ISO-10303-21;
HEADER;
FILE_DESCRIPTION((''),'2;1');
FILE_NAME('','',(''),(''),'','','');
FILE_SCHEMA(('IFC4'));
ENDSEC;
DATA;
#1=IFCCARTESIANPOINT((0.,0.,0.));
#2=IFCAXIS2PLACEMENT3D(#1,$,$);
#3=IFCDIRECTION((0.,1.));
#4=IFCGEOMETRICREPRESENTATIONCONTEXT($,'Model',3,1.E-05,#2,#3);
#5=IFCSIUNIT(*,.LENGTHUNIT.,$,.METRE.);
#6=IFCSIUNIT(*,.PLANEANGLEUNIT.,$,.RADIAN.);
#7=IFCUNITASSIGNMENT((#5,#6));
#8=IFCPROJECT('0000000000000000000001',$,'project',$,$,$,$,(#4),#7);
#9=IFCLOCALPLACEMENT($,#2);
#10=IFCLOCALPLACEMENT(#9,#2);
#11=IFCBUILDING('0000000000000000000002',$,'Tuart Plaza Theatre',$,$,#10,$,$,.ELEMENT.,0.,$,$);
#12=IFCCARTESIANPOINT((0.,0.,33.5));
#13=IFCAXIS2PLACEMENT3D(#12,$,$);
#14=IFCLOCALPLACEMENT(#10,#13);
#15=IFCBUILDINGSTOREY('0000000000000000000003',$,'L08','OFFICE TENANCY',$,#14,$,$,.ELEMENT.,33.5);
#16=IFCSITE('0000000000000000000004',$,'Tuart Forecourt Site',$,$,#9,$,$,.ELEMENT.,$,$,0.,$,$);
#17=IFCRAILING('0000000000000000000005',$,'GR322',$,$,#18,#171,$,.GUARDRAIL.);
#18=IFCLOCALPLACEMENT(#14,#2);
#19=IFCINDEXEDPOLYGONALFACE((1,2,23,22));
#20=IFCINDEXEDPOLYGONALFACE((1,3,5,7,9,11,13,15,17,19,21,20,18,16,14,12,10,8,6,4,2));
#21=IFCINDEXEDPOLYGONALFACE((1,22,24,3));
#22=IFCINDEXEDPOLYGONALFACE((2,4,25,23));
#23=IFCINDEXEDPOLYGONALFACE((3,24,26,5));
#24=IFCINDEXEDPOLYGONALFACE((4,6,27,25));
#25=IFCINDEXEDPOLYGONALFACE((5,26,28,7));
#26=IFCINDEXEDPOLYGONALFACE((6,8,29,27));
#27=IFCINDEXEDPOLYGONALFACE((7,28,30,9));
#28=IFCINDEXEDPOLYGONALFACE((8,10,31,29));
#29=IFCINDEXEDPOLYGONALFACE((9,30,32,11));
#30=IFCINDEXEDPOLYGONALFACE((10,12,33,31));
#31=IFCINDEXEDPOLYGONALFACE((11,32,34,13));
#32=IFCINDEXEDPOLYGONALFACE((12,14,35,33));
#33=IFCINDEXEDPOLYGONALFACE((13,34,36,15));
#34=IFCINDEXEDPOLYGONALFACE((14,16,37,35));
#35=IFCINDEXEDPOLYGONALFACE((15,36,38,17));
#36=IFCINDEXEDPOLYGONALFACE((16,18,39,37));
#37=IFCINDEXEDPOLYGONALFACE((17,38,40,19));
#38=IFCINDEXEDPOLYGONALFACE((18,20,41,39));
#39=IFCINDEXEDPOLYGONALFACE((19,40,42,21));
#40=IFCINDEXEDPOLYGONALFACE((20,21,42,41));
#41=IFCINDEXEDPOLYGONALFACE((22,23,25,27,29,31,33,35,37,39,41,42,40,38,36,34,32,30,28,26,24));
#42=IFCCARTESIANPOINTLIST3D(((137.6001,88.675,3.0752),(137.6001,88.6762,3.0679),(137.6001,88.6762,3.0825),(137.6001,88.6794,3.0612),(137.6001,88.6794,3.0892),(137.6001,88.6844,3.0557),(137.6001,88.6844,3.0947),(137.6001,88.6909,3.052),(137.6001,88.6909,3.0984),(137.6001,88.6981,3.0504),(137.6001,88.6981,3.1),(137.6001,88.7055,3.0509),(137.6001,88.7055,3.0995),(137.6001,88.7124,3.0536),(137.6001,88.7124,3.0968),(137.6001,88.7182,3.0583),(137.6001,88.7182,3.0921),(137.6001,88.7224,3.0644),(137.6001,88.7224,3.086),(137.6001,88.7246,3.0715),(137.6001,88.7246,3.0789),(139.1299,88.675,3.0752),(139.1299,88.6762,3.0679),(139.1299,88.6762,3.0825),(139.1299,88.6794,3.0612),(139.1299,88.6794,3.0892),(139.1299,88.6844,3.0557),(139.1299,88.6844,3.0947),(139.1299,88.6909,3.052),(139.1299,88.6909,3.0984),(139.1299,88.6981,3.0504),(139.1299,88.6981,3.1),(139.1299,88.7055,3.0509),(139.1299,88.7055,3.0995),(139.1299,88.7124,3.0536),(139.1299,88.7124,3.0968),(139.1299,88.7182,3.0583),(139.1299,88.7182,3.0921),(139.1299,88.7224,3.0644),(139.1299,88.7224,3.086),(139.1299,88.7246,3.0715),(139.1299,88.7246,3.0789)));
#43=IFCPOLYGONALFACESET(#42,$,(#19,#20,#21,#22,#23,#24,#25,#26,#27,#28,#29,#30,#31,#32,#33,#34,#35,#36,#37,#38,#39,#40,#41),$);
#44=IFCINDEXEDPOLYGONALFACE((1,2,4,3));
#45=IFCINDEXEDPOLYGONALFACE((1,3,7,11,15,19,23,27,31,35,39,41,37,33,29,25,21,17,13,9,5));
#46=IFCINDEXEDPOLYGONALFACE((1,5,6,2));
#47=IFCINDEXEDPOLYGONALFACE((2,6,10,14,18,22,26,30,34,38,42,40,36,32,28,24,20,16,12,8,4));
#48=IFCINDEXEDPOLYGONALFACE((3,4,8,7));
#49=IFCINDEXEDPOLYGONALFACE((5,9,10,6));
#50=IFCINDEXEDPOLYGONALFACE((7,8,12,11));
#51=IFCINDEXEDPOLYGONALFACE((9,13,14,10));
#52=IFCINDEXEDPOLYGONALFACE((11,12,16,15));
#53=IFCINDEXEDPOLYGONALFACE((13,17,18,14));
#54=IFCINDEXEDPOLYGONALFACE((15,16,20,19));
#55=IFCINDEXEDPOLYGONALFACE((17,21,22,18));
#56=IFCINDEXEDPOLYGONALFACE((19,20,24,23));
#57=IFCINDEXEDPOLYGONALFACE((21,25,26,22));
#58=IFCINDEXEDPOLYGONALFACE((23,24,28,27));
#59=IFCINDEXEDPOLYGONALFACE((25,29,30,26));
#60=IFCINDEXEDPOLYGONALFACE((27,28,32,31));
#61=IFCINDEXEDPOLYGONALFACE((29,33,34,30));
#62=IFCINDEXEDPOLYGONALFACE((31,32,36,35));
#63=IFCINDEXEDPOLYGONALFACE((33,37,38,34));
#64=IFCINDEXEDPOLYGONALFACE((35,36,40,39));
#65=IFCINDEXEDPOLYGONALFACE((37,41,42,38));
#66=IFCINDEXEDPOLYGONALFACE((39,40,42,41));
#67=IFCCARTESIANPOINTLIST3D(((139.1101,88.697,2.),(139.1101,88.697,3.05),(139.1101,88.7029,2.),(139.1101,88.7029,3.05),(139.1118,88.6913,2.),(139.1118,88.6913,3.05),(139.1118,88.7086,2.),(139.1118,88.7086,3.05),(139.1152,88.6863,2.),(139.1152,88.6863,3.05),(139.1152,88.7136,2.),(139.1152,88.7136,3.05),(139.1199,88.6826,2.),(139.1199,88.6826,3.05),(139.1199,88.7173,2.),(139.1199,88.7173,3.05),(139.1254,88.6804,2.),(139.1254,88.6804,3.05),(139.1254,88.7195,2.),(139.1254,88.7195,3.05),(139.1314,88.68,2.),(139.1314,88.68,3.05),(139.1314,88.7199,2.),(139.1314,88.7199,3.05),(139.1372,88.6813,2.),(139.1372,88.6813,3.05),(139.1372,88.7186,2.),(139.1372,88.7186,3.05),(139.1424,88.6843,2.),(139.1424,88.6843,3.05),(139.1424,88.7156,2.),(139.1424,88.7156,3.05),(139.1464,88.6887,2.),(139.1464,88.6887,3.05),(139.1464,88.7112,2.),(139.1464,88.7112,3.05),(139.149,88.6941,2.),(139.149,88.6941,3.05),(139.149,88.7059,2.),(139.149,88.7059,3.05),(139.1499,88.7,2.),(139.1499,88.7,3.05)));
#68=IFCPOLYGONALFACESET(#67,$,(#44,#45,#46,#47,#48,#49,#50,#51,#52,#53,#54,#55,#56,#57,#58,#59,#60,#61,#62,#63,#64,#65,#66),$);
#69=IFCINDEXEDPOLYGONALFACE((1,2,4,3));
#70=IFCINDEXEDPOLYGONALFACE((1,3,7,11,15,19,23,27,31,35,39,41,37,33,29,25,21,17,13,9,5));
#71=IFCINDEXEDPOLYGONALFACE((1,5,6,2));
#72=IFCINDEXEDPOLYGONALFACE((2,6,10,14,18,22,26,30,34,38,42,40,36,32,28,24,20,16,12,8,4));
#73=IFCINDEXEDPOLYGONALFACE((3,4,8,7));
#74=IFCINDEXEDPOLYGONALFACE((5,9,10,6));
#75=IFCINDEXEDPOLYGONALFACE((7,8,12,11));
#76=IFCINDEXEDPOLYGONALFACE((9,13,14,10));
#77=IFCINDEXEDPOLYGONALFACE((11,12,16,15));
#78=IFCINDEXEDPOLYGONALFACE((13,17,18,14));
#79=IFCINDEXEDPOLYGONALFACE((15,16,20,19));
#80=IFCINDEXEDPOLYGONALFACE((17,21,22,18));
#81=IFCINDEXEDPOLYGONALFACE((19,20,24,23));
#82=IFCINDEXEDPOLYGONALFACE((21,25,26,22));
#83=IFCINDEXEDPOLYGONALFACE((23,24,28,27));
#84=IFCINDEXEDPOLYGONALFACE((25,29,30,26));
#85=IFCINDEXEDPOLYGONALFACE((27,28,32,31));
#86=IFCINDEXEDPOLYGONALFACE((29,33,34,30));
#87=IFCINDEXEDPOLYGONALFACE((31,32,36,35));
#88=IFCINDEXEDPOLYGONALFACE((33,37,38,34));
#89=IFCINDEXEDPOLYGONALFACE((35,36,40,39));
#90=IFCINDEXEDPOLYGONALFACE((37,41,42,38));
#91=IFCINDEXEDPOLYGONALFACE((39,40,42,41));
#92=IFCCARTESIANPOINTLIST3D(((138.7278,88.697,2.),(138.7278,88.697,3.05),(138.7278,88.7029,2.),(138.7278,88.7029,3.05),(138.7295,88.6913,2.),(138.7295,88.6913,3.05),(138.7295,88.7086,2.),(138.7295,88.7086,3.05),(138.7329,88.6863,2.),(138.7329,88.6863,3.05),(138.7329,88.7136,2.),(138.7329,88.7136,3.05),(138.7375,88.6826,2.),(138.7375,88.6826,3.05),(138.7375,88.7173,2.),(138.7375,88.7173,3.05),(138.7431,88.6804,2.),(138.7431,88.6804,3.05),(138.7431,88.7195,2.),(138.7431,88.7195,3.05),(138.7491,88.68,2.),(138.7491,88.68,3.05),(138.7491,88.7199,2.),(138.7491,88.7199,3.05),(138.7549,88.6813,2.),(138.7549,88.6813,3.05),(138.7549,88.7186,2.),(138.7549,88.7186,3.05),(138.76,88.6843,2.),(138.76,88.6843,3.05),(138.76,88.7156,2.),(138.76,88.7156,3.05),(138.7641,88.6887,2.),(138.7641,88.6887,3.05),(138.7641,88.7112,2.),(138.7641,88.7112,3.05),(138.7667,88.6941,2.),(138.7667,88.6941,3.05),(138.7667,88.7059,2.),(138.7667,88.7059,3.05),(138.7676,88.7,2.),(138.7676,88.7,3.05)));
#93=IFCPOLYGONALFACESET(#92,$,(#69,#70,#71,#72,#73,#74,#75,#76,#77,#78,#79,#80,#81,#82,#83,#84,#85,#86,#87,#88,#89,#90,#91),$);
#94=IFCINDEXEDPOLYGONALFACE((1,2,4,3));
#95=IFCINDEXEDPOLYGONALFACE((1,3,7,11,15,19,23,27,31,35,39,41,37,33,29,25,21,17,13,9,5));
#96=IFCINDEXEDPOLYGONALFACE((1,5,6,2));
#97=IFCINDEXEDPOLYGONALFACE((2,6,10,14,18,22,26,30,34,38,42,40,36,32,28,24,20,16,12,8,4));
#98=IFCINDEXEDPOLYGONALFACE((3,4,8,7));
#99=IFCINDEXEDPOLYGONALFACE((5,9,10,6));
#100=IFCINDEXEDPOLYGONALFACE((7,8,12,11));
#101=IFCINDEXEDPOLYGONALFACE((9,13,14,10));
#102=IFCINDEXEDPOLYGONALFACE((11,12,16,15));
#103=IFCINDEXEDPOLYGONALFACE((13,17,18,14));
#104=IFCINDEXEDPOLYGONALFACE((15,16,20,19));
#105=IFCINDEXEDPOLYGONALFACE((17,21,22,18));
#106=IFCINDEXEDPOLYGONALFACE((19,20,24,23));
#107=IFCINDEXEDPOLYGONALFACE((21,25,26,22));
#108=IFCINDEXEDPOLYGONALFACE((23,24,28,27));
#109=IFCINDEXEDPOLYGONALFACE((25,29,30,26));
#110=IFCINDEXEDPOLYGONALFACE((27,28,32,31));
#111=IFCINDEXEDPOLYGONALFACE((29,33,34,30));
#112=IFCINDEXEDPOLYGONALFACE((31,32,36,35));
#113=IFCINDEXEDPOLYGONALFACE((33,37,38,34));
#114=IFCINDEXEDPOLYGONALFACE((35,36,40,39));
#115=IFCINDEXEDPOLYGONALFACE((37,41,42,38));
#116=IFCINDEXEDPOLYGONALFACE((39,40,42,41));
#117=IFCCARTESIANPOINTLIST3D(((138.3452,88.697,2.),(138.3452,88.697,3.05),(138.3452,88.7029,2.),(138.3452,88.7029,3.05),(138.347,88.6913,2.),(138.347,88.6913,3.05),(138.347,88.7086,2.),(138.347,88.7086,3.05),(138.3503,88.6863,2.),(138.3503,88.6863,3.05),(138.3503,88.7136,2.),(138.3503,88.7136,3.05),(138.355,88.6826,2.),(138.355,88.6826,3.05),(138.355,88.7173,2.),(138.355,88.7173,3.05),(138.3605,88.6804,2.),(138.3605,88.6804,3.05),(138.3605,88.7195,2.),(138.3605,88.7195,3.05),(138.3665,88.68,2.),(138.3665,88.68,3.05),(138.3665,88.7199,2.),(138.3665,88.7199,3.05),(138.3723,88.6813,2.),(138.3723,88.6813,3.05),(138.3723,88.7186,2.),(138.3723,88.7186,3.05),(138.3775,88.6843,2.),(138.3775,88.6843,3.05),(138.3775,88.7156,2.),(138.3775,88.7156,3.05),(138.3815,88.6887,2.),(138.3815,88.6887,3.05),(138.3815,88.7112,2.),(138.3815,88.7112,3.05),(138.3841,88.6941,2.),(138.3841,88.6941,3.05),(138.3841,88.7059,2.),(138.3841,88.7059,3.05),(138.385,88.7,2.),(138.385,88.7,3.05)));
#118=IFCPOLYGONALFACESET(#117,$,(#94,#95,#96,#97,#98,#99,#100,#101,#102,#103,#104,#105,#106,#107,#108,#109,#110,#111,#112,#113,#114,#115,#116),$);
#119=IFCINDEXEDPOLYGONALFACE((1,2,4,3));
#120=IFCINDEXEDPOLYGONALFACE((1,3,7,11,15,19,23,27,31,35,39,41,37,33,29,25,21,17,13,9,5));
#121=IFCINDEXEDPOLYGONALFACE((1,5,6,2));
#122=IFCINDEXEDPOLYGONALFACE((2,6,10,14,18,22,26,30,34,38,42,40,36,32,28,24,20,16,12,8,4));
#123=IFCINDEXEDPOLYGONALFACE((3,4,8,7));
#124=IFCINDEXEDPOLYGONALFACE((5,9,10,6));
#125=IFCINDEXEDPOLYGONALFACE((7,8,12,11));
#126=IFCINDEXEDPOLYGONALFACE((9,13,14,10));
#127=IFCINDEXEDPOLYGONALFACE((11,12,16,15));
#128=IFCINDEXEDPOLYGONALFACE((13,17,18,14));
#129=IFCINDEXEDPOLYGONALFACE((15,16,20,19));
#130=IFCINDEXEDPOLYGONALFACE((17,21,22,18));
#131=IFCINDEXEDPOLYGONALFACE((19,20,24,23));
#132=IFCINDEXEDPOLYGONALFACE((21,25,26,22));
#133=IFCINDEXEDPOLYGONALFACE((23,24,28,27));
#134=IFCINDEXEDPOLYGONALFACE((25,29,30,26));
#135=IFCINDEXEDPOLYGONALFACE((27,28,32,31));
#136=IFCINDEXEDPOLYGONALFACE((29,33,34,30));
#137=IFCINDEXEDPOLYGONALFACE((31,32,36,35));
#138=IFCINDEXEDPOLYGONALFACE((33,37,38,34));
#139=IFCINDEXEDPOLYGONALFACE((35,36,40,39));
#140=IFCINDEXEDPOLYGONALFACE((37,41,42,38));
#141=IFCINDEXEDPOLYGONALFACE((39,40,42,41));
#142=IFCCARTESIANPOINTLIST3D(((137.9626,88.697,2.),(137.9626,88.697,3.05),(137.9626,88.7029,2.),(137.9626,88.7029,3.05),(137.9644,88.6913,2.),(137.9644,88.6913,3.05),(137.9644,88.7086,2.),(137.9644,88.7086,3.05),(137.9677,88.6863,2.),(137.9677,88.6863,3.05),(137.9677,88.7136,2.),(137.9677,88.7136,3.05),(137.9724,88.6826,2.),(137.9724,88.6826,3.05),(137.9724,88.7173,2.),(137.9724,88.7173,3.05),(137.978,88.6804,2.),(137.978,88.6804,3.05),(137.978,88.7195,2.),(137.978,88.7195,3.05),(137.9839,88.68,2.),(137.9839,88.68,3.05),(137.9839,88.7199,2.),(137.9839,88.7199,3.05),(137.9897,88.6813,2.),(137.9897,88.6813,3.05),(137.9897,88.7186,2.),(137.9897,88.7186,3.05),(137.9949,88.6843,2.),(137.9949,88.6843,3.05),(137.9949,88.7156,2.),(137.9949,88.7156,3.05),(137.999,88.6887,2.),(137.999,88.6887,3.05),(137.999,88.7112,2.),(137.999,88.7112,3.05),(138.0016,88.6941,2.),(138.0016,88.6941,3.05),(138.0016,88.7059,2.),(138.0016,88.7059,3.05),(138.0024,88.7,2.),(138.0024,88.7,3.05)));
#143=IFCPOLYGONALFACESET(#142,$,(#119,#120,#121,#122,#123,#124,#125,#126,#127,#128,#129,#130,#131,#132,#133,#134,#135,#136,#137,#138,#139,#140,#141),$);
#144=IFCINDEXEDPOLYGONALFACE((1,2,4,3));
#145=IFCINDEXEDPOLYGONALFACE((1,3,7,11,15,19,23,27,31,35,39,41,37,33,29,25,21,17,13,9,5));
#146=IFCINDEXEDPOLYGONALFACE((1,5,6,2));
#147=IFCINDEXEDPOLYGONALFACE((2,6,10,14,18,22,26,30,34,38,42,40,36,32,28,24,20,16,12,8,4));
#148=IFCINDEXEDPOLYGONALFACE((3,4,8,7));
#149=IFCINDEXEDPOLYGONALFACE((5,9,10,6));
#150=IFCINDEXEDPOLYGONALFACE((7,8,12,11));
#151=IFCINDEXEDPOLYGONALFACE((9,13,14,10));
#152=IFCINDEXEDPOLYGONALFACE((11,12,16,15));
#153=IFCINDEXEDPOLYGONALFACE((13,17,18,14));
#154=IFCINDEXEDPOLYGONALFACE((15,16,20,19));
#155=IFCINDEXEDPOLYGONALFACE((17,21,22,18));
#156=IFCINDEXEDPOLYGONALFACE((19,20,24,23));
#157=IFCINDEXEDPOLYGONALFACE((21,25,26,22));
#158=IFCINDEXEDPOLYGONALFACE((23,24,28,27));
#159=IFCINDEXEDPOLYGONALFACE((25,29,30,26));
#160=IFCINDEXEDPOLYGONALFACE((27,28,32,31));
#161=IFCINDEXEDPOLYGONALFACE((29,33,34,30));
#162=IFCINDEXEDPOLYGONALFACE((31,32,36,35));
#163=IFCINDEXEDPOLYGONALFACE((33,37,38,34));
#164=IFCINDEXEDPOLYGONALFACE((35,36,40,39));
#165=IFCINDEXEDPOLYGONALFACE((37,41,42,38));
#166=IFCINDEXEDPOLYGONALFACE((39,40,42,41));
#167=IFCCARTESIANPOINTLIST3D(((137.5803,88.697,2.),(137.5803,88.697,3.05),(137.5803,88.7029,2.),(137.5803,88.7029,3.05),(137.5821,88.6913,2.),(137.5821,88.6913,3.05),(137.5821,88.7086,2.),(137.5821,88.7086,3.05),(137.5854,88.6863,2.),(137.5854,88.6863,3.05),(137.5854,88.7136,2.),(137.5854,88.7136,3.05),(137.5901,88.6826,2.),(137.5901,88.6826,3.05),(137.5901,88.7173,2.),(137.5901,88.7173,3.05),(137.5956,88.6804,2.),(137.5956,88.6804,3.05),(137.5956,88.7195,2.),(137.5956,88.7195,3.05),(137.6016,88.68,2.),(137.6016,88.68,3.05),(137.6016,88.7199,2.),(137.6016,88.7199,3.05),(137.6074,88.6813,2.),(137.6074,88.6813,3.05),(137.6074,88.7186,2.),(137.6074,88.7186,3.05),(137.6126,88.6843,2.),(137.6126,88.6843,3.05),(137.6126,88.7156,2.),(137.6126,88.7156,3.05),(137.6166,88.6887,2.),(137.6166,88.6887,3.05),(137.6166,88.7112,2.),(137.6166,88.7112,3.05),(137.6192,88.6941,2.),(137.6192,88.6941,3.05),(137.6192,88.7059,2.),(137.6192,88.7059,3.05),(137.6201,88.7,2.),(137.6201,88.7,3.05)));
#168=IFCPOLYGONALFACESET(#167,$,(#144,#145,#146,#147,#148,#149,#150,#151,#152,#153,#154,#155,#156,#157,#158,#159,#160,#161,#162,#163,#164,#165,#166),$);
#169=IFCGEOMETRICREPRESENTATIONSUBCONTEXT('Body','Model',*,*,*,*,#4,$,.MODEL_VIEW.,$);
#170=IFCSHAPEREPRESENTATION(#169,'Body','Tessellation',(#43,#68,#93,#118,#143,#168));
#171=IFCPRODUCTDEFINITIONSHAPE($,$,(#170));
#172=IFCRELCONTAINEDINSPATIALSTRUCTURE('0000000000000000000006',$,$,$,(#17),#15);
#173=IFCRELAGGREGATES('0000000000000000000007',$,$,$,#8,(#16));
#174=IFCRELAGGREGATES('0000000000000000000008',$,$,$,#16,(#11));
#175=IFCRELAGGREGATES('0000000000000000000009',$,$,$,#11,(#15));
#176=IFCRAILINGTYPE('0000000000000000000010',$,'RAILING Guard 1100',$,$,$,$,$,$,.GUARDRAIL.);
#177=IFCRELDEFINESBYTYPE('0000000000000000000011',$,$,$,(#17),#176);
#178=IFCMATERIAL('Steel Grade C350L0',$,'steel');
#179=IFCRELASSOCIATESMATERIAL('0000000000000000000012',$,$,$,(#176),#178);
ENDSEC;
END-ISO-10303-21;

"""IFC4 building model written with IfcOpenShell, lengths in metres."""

from ifc_helpers import new_model, si_unit, direction, frame, origin, origin_2d, place, context, subcontext, project, spatial, circle, extrude, material, type_object, element, save


model = new_model("IFC4")

# Units and contexts
model_context = context("Model", 3, precision=1e-05, world=origin(), true_north=direction((0.0, 1.0)))
body_context = subcontext(model_context, "Body", "Model", "MODEL_VIEW")
ifc_project = project(units=[si_unit("LENGTHUNIT", "METRE"), si_unit("PLANEANGLEUNIT", "RADIAN")], contexts=[model_context])

# Site, building, storey
site_placement = place(None, origin())
site = spatial("IfcSite", under=ifc_project, at=site_placement, Name="Tuart Forecourt Site", CompositionType="ELEMENT", RefElevation=0.0)
building_placement = place(site_placement, origin())
building = spatial("IfcBuilding", under=site, at=building_placement, Name="Tuart Plaza Theatre", CompositionType="ELEMENT", ElevationOfRefHeight=0.0)
storey_placement = place(building_placement, frame((0.0, 0.0, 33.5)))
storey = spatial("IfcBuildingStorey", under=building, at=storey_placement, Name="L08", Description="OFFICE TENANCY", CompositionType="ELEMENT", Elevation=33.5)

# Railing
ifc_material_1 = material(Name="Steel Grade C350L0", Category="steel")
railing_type_1 = type_object("IfcRailingType", Name="RAILING Guard 1100", PredefinedType="GUARDRAIL", material=ifc_material_1)
railing_1_placement = place(storey_placement, frame((139.1299, 88.7, 2.0)))
element("IfcRailing", 1, at=railing_1_placement, inside=storey, type_object=railing_type_1, Name="GR322", PredefinedType="GUARDRAIL", context=body_context, shape_type="SweptSolid", body=[
    extrude(circle(Radius=0.0249, at=origin_2d()), frame((0.0, 0.0, 1.0752), z_axis=(-1.0, 0.0, 0.0), x_axis=(0.0, -1.0, 0.0)), (0.0, 0.0, 1.0), 1.5298),
    extrude(circle(Radius=0.02, at=origin_2d()), origin(), (0.0, 0.0, 1.0), 1.05),
    extrude(circle(Radius=0.02, at=origin_2d()), frame((-0.3823, 0.0, 0.0)), (0.0, 0.0, 1.0), 1.05),
    extrude(circle(Radius=0.02, at=origin_2d()), frame((-0.7649, 0.0, 0.0)), (0.0, 0.0, 1.0), 1.05),
    extrude(circle(Radius=0.02, at=origin_2d()), frame((-1.1475, 0.0, 0.0)), (0.0, 0.0, 1.0), 1.05),
    extrude(circle(Radius=0.02, at=origin_2d()), frame((-1.5298, 0.0, 0.0)), (0.0, 0.0, 1.0), 1.05),
])

save(model, "model.ifc")
